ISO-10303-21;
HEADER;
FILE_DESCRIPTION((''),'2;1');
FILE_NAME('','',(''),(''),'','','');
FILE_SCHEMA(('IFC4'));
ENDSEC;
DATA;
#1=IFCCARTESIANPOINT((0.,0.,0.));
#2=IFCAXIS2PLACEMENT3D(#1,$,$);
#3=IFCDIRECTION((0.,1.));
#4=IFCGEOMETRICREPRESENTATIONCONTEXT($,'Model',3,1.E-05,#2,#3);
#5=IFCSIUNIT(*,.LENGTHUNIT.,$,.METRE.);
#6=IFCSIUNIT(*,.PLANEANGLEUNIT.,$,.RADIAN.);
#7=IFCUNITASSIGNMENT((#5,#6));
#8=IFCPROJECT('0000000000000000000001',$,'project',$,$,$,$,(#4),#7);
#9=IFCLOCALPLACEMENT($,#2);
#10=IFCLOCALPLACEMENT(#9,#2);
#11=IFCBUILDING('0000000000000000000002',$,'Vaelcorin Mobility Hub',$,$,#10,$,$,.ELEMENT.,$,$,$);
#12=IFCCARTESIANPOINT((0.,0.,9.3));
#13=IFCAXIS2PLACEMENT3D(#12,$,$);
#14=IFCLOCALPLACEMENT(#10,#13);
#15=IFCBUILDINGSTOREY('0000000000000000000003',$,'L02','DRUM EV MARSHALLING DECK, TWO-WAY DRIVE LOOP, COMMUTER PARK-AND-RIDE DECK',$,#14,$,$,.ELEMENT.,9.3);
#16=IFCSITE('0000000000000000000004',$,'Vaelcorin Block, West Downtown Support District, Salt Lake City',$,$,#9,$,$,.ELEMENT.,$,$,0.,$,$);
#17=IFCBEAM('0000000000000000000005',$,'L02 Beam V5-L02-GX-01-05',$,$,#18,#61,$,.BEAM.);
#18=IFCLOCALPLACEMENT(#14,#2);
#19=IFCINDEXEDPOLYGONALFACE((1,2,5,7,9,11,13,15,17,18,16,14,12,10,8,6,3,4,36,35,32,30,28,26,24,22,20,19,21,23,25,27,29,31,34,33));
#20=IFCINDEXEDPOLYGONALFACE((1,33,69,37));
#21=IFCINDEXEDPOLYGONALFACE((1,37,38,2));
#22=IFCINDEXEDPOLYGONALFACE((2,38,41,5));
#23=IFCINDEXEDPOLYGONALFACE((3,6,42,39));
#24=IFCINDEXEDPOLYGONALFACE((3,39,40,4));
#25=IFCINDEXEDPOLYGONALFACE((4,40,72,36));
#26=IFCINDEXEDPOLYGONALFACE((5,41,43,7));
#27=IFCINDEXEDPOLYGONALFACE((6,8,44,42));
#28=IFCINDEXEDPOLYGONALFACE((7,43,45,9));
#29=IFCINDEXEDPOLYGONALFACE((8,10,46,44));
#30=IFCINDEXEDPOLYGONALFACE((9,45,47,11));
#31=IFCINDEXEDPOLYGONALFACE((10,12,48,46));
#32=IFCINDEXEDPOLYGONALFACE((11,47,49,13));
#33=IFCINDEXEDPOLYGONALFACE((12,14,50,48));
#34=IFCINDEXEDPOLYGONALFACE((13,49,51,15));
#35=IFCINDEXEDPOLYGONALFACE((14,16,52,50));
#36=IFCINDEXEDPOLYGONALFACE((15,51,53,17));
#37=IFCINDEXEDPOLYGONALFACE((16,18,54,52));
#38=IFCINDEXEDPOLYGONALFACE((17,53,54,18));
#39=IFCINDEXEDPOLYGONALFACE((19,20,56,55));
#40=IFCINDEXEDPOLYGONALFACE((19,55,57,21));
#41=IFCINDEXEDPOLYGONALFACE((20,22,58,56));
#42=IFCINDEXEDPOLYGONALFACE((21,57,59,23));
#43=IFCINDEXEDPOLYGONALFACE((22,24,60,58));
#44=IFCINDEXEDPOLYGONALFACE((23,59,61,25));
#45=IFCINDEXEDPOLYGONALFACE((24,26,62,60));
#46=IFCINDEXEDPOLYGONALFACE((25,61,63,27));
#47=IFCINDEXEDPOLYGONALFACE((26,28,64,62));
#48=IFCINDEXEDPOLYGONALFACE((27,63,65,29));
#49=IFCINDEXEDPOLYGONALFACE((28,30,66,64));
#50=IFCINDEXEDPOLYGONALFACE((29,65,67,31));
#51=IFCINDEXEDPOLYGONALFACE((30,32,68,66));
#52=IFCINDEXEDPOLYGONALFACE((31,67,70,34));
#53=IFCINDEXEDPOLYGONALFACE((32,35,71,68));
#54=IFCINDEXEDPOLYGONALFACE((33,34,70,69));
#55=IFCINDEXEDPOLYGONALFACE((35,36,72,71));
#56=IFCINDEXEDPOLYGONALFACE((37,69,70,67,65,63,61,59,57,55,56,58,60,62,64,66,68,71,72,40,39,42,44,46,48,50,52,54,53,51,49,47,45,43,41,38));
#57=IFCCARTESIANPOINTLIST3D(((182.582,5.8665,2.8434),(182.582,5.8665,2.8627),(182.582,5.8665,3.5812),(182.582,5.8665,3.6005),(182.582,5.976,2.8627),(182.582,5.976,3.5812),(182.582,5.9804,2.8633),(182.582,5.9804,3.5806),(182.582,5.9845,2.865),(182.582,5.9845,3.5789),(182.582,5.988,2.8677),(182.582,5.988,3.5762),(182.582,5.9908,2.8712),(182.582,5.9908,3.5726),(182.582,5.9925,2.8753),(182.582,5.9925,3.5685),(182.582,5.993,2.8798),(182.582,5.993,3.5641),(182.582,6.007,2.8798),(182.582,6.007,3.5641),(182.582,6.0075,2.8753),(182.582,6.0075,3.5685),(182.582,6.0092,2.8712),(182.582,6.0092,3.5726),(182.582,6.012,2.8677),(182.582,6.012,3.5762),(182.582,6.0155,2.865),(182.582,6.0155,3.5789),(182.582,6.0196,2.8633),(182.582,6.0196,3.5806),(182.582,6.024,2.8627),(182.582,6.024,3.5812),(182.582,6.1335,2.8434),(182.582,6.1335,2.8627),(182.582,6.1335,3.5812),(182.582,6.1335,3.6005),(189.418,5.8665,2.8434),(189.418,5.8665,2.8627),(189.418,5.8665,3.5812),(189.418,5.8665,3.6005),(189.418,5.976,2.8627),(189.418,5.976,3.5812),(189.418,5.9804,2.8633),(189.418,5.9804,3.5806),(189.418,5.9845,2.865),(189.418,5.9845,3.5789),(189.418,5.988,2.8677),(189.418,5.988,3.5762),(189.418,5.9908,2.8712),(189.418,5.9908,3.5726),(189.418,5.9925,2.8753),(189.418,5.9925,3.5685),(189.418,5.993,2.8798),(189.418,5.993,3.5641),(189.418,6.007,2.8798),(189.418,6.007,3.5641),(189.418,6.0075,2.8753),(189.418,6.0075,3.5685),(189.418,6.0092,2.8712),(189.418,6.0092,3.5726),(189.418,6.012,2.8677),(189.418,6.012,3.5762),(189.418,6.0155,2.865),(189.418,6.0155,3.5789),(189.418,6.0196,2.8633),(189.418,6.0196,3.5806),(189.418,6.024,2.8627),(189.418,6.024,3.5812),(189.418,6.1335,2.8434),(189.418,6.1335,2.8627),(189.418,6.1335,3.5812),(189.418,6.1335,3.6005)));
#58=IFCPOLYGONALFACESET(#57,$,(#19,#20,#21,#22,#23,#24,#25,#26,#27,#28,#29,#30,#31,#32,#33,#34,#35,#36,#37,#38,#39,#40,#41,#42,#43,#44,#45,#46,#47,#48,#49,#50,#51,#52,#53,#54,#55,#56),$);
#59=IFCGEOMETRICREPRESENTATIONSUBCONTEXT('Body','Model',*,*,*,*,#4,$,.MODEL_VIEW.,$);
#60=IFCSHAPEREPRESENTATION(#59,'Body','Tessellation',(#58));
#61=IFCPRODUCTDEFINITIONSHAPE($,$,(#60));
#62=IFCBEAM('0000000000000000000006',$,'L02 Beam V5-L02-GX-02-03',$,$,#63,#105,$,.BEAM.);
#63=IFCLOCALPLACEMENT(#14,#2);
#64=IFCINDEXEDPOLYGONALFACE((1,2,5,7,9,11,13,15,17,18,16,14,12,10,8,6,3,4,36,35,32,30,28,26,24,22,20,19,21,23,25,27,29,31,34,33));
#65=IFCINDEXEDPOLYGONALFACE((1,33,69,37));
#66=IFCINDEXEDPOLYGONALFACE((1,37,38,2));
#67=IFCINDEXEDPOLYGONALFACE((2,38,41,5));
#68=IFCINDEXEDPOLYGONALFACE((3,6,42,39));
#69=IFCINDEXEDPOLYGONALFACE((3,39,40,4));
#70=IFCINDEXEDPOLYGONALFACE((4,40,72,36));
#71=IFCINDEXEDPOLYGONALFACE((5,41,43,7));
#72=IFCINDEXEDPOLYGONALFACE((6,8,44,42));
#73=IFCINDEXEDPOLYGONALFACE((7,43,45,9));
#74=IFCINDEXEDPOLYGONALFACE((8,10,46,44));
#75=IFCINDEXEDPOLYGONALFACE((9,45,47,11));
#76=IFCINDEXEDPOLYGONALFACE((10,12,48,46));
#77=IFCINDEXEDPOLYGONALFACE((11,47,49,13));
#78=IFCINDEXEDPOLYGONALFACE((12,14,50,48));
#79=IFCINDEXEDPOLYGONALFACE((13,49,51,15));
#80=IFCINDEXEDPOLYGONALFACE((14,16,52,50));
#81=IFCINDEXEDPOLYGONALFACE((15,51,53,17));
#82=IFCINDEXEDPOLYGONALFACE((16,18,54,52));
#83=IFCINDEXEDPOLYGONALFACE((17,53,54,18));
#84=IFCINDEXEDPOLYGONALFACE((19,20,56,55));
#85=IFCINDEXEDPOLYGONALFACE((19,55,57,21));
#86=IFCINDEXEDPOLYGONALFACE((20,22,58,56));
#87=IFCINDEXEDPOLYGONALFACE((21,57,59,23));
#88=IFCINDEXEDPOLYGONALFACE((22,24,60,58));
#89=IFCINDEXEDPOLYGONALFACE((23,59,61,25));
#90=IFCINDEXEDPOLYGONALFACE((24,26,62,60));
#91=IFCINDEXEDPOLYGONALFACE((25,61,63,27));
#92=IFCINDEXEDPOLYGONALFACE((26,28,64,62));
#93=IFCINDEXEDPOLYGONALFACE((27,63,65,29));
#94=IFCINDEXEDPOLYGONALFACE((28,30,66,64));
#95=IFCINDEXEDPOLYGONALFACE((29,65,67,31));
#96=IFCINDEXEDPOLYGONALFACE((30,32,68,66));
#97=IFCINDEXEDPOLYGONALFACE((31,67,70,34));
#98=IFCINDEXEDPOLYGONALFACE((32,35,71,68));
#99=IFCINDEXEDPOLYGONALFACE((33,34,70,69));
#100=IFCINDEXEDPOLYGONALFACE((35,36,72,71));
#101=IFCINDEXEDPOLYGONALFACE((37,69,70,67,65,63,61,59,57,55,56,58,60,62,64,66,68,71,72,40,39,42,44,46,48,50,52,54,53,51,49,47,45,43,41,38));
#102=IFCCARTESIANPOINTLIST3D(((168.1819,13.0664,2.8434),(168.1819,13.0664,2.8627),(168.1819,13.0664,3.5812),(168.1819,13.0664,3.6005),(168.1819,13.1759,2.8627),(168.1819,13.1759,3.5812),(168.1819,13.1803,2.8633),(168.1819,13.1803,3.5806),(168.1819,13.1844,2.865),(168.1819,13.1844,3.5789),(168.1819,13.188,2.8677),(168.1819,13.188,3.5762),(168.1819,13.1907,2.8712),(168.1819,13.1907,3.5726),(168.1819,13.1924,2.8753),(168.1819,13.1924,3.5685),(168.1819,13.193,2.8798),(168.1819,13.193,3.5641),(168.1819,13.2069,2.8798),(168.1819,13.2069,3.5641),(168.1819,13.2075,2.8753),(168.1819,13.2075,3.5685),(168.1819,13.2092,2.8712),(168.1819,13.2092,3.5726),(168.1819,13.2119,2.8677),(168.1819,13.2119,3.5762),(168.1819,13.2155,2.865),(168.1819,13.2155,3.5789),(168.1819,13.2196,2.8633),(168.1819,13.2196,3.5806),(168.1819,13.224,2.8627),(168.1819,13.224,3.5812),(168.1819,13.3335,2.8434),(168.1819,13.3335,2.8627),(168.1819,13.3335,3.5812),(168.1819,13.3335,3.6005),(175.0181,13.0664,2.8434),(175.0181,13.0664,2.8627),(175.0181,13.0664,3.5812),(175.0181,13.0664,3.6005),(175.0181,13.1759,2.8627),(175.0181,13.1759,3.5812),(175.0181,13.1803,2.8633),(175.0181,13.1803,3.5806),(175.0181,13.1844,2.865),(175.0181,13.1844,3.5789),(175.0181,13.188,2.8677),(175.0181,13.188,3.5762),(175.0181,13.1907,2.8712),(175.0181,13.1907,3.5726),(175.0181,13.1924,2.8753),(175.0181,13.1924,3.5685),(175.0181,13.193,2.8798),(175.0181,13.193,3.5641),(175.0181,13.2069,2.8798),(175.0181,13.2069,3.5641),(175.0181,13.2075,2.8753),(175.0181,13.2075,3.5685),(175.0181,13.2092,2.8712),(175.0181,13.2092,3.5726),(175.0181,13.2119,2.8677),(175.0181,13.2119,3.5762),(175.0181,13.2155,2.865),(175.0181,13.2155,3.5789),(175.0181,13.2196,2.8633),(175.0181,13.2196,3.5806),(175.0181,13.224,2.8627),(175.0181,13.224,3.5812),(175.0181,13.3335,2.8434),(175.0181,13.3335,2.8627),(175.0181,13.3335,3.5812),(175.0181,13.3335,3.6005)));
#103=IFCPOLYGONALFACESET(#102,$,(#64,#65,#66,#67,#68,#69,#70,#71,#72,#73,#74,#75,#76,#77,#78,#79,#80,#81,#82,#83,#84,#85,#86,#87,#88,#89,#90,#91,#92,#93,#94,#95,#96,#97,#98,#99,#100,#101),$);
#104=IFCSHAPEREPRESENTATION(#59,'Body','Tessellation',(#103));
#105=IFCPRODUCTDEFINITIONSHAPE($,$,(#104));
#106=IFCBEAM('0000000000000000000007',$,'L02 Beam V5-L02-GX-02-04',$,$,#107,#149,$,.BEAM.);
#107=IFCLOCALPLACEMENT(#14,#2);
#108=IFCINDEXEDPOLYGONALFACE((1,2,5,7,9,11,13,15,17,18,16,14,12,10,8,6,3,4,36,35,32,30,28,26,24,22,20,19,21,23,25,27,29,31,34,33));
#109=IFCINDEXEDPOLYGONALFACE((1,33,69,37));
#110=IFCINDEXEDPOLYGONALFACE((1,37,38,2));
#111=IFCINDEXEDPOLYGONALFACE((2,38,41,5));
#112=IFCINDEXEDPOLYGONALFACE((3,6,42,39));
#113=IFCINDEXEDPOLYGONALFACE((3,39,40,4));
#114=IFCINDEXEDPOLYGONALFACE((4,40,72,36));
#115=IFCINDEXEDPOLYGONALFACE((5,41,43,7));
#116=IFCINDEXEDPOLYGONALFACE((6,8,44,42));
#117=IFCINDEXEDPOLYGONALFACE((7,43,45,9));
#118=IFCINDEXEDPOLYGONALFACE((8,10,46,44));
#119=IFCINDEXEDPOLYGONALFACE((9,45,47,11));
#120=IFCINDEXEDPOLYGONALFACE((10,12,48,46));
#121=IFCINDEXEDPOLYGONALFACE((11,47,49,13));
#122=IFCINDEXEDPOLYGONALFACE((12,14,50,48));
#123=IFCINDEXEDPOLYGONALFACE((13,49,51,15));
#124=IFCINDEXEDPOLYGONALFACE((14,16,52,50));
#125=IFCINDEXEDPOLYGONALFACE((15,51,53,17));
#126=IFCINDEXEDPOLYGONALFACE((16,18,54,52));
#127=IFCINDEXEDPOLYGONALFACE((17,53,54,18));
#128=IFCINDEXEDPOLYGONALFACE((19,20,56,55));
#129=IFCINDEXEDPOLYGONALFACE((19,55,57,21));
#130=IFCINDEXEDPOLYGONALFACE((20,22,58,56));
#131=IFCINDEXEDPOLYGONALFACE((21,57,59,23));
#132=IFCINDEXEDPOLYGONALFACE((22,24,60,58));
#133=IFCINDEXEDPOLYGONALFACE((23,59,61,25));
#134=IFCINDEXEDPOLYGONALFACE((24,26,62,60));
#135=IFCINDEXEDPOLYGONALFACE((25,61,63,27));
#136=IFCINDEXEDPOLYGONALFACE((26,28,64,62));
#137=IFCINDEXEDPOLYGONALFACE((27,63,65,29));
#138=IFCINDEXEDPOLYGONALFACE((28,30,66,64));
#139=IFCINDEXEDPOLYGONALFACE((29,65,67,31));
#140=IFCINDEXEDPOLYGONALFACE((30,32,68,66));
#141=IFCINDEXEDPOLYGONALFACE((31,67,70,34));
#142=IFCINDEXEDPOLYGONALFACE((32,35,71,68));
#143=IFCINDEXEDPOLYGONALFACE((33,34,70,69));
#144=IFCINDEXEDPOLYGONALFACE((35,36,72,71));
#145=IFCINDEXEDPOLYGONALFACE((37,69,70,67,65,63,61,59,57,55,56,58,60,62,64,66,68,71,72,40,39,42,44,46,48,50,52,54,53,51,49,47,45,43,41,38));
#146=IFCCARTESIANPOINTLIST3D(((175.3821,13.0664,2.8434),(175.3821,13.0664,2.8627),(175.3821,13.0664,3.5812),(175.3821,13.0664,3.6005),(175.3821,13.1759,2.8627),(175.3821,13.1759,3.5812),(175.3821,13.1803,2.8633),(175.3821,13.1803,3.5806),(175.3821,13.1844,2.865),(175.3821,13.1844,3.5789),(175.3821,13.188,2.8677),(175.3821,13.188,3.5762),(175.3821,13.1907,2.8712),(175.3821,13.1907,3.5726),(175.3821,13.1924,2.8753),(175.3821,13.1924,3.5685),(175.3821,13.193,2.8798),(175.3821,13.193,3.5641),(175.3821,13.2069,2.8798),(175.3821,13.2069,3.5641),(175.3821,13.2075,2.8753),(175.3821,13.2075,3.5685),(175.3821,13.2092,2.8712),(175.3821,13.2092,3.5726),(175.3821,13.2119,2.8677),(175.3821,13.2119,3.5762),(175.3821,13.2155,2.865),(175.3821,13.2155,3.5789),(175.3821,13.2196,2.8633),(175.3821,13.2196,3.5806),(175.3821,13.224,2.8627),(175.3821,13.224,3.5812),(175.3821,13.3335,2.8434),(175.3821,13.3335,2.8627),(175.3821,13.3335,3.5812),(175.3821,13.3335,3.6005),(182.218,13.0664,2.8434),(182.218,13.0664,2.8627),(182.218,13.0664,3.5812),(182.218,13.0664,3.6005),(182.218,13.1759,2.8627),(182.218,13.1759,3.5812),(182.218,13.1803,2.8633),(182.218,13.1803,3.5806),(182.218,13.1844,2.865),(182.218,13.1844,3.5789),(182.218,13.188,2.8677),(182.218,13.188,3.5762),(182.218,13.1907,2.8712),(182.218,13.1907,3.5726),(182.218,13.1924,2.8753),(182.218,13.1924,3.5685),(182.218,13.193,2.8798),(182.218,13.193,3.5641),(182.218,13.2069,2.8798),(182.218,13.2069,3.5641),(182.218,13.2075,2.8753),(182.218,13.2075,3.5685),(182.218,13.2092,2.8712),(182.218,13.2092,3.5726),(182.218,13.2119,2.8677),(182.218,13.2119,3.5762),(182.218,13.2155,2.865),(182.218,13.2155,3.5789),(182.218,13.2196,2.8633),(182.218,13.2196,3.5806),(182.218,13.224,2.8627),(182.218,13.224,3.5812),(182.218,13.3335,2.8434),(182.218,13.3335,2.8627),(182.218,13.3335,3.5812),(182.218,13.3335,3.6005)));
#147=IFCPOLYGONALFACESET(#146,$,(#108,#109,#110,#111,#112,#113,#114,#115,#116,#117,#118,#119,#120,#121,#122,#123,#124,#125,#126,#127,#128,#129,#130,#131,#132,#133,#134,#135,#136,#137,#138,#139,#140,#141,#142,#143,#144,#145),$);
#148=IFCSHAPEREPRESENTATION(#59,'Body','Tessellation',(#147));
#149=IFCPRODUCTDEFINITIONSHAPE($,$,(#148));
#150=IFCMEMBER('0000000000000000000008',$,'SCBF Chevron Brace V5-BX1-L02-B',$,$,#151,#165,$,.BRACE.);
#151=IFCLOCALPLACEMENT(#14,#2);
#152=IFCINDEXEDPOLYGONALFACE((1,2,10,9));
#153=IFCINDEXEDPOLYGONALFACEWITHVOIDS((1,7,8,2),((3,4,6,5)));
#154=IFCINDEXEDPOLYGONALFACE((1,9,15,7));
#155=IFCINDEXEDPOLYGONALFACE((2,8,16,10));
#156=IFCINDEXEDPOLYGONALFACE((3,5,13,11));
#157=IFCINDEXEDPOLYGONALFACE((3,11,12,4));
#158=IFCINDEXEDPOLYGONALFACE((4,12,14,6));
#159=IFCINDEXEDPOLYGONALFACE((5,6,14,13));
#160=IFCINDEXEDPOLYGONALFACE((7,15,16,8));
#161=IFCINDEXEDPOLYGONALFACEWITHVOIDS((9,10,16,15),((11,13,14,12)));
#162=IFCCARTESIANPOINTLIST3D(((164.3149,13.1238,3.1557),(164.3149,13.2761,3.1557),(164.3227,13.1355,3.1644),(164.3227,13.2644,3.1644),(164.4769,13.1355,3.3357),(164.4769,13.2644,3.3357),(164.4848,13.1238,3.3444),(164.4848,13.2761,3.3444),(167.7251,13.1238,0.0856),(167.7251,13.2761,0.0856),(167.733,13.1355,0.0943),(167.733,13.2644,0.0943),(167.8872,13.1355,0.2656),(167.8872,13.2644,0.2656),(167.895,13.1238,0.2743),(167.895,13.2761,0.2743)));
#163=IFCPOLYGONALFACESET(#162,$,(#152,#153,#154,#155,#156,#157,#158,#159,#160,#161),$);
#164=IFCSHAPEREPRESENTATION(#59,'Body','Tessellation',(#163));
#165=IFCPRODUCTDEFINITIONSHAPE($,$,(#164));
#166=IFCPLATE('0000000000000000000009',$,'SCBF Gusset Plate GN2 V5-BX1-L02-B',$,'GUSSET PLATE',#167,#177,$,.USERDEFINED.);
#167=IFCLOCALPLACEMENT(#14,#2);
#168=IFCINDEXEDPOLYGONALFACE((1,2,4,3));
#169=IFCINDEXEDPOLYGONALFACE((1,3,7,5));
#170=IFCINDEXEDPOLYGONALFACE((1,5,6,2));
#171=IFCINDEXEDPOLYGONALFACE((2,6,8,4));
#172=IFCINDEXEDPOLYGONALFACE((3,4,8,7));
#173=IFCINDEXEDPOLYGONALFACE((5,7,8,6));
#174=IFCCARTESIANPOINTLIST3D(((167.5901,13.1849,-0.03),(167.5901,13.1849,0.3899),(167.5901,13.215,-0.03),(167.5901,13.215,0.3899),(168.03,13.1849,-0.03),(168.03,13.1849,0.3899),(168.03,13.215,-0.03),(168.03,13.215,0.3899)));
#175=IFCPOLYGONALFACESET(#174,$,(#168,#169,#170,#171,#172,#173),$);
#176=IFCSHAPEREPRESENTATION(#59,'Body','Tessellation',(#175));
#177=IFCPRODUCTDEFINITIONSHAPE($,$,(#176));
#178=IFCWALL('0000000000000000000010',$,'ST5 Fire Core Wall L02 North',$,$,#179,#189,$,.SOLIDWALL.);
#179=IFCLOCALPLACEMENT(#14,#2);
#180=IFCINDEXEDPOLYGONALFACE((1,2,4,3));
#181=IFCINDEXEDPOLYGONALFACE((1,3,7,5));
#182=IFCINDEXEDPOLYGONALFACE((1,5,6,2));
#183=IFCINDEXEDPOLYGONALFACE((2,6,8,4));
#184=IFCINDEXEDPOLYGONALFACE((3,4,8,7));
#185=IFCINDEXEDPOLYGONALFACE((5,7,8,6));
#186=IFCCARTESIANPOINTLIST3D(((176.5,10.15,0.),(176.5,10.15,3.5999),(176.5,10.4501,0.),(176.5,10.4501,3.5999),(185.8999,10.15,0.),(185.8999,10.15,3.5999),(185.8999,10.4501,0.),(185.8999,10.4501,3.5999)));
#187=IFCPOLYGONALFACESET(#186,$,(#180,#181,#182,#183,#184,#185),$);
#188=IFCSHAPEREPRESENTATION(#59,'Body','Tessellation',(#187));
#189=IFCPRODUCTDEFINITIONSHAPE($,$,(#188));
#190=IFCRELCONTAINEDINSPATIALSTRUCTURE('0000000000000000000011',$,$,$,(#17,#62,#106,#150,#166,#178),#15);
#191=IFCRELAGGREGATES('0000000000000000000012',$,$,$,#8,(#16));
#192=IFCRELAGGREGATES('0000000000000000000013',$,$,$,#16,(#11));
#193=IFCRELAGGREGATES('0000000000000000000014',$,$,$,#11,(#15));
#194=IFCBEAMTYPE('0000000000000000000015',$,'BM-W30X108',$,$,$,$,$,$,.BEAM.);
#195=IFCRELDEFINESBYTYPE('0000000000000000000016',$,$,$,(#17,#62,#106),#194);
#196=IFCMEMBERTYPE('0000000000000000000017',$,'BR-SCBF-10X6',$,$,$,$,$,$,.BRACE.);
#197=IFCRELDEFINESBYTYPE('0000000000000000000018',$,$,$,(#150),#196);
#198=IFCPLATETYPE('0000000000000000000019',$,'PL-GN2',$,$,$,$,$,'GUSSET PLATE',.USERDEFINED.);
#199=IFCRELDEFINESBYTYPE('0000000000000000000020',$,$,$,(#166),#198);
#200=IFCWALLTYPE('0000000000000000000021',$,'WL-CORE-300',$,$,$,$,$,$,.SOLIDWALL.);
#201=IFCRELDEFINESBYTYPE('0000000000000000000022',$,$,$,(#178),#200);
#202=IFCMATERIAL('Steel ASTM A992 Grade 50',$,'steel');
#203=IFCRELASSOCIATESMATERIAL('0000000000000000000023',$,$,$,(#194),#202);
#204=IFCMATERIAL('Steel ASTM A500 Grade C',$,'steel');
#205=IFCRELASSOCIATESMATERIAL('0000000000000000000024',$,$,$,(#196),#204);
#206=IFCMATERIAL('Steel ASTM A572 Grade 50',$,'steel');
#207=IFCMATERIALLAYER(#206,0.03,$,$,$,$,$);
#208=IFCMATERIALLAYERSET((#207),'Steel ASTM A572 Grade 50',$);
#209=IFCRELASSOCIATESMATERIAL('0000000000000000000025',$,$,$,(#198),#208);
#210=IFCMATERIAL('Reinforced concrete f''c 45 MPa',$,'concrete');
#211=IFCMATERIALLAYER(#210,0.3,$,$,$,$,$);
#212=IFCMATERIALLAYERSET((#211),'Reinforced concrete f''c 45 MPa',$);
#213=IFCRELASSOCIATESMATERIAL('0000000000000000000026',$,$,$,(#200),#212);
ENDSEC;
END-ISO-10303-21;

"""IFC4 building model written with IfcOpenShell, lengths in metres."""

from ifc_helpers import new_model, si_unit, direction, frame, frame_2d, origin, origin_2d, place, context, subcontext, project, spatial, rectangle, hollow_rectangle, i_section, extrude, material, layer, layer_set, material_profile, profile_set, type_object, element, save


model = new_model("IFC4")

# Units and contexts
model_context = context("Model", 3, precision=1e-05, world=origin(), true_north=direction((0.0, 1.0)))
body_context = subcontext(model_context, "Body", "Model", "MODEL_VIEW")
ifc_project = project(units=[si_unit("LENGTHUNIT", "METRE"), si_unit("PLANEANGLEUNIT", "RADIAN")], contexts=[model_context])

# Site, building, storey
site_placement = place(None, origin())
site = spatial("IfcSite", under=ifc_project, at=site_placement, Name="Vaelcorin Block, West Downtown Support District, Salt Lake City", CompositionType="ELEMENT", RefElevation=0.0)
building_placement = place(site_placement, origin())
building = spatial("IfcBuilding", under=site, at=building_placement, Name="Vaelcorin Mobility Hub", CompositionType="ELEMENT")
storey_placement = place(building_placement, frame((0.0, 0.0, 9.3)))
storey = spatial("IfcBuildingStorey", under=building, at=storey_placement, Name="L02", Description="DRUM EV MARSHALLING DECK, TWO-WAY DRIVE LOOP, COMMUTER PARK-AND-RIDE DECK", CompositionType="ELEMENT", Elevation=9.3)

# Shared definitions
ifc_material_1 = material(Name="Steel ASTM A992 Grade 50", Category="steel")

# Beams
ifc_material_profile_1 = material_profile(ifc_material_1, i_section(OverallWidth=0.2671, OverallDepth=0.7571, WebThickness=0.0139, FlangeThickness=0.0193, FilletRadius=0.0171, at=origin_2d()), Name="W30X108")
ifc_profile_set_1 = profile_set([ifc_material_profile_1], Name="Steel ASTM A992 Grade 50")
beam_type_1 = type_object("IfcBeamType", Name="BM-W30X108", PredefinedType="BEAM", material=ifc_profile_set_1)
for number, where, z_axis, x_axis, name in (
    (1, (182.582, 6.0, 3.2219), (1.0, 0.0, 0.0), (0.0, 1.0, 0.0), "L02 Beam V5-L02-GX-01-05"),
):
    element("IfcBeam", number, at=place(storey_placement, frame(where, z_axis=z_axis, x_axis=x_axis)), inside=storey, type_object=beam_type_1, Name=name, PredefinedType="BEAM", context=body_context, shape_type="SweptSolid", body=[
        extrude(i_section(OverallWidth=0.2671, OverallDepth=0.7571, WebThickness=0.0139, FlangeThickness=0.0193, FilletRadius=0.0171, at=origin_2d()), origin(), (0.0, 0.0, 1.0), 6.8359),
    ])
beam_1_placement = place(storey_placement, frame((168.1819, 13.2, 3.2219), z_axis=(1.0, 0.0, 0.0), x_axis=(0.0, 1.0, 0.0)))
element("IfcBeam", 2, at=beam_1_placement, inside=storey, type_object=beam_type_1, Name="L02 Beam V5-L02-GX-02-03", PredefinedType="BEAM", context=body_context, shape_type="SweptSolid", body=[
    extrude(i_section(OverallWidth=0.2671, OverallDepth=0.7571, WebThickness=0.0139, FlangeThickness=0.0193, FilletRadius=0.0171, at=origin_2d()), origin(), (0.0, 0.0, 1.0), 6.8362),
])
beam_2_placement = place(storey_placement, frame((175.3821, 13.2, 3.2219), z_axis=(1.0, 0.0, 0.0), x_axis=(0.0, 1.0, 0.0)))
element("IfcBeam", 3, at=beam_2_placement, inside=storey, type_object=beam_type_1, Name="L02 Beam V5-L02-GX-02-04", PredefinedType="BEAM", context=body_context, shape_type="SweptSolid", body=[
    extrude(i_section(OverallWidth=0.2671, OverallDepth=0.7571, WebThickness=0.0139, FlangeThickness=0.0193, FilletRadius=0.0171, at=origin_2d()), origin(), (0.0, 0.0, 1.0), 6.8359),
])

# Member
ifc_material_2 = material(Name="Steel ASTM A500 Grade C", Category="steel")
ifc_material_profile_2 = material_profile(ifc_material_2, hollow_rectangle(XDim=0.1523, YDim=0.2539, WallThickness=0.0117, at=origin_2d()), Name="HSS10X6X0.500")
ifc_profile_set_2 = profile_set([ifc_material_profile_2], Name="Steel ASTM A500 Grade C")
member_type = type_object("IfcMemberType", Name="BR-SCBF-10X6", PredefinedType="BRACE", material=ifc_profile_set_2)
member_placement = place(storey_placement, frame((167.8101, 13.2, 0.1799), z_axis=(-0.743194, 0.0, 0.669076), x_axis=(0.0, -1.0, 0.0)))
element("IfcMember", 4, at=member_placement, inside=storey, type_object=member_type, Name="SCBF Chevron Brace V5-BX1-L02-B", PredefinedType="BRACE", context=body_context, shape_type="SweptSolid", body=[
    extrude(hollow_rectangle(XDim=0.1523, YDim=0.2539, WallThickness=0.0117, at=origin_2d()), origin(), (0.0, 0.0, 1.0), 4.5886),
])

# Plate
ifc_material_3 = material(Name="Steel ASTM A572 Grade 50", Category="steel")
ifc_layer_1 = layer(ifc_material_3, 0.03)
ifc_layer_set_1 = layer_set([ifc_layer_1], Name="Steel ASTM A572 Grade 50")
plate_type = type_object("IfcPlateType", Name="PL-GN2", ElementType="GUSSET PLATE", PredefinedType="USERDEFINED", material=ifc_layer_set_1)
plate_placement = place(storey_placement, frame((167.8101, 13.2, -0.03), z_axis=(0.0, 0.0, 1.0), x_axis=(1.0, 0.0, 0.0)))
element("IfcPlate", 5, at=plate_placement, inside=storey, type_object=plate_type, Name="SCBF Gusset Plate GN2 V5-BX1-L02-B", ObjectType="GUSSET PLATE", PredefinedType="USERDEFINED", context=body_context, shape_type="SweptSolid", body=[
    extrude(rectangle(XDim=0.4399, YDim=0.03, at=origin_2d()), origin(), (0.0, 0.0, 1.0), 0.4199),
])

# Wall
ifc_material_4 = material(Name="Reinforced concrete f'c 45 MPa", Category="concrete")
ifc_layer_2 = layer(ifc_material_4, 0.3)
ifc_layer_set_2 = layer_set([ifc_layer_2], Name="Reinforced concrete f'c 45 MPa")
wall_type_1 = type_object("IfcWallType", Name="WL-CORE-300", PredefinedType="SOLIDWALL", material=ifc_layer_set_2)
wall_1_placement = place(storey_placement, frame((176.5, 10.3, 0.0), z_axis=(0.0, 0.0, 1.0), x_axis=(1.0, 0.0, 0.0)))
element("IfcWall", 6, at=wall_1_placement, inside=storey, type_object=wall_type_1, Name="ST5 Fire Core Wall L02 North", PredefinedType="SOLIDWALL", context=body_context, shape_type="SweptSolid", body=[
    extrude(rectangle(XDim=9.3999, YDim=0.3, at=frame_2d((4.7, 0.0))), origin(), (0.0, 0.0, 1.0), 3.5999),
])

save(model, "model.ifc")
